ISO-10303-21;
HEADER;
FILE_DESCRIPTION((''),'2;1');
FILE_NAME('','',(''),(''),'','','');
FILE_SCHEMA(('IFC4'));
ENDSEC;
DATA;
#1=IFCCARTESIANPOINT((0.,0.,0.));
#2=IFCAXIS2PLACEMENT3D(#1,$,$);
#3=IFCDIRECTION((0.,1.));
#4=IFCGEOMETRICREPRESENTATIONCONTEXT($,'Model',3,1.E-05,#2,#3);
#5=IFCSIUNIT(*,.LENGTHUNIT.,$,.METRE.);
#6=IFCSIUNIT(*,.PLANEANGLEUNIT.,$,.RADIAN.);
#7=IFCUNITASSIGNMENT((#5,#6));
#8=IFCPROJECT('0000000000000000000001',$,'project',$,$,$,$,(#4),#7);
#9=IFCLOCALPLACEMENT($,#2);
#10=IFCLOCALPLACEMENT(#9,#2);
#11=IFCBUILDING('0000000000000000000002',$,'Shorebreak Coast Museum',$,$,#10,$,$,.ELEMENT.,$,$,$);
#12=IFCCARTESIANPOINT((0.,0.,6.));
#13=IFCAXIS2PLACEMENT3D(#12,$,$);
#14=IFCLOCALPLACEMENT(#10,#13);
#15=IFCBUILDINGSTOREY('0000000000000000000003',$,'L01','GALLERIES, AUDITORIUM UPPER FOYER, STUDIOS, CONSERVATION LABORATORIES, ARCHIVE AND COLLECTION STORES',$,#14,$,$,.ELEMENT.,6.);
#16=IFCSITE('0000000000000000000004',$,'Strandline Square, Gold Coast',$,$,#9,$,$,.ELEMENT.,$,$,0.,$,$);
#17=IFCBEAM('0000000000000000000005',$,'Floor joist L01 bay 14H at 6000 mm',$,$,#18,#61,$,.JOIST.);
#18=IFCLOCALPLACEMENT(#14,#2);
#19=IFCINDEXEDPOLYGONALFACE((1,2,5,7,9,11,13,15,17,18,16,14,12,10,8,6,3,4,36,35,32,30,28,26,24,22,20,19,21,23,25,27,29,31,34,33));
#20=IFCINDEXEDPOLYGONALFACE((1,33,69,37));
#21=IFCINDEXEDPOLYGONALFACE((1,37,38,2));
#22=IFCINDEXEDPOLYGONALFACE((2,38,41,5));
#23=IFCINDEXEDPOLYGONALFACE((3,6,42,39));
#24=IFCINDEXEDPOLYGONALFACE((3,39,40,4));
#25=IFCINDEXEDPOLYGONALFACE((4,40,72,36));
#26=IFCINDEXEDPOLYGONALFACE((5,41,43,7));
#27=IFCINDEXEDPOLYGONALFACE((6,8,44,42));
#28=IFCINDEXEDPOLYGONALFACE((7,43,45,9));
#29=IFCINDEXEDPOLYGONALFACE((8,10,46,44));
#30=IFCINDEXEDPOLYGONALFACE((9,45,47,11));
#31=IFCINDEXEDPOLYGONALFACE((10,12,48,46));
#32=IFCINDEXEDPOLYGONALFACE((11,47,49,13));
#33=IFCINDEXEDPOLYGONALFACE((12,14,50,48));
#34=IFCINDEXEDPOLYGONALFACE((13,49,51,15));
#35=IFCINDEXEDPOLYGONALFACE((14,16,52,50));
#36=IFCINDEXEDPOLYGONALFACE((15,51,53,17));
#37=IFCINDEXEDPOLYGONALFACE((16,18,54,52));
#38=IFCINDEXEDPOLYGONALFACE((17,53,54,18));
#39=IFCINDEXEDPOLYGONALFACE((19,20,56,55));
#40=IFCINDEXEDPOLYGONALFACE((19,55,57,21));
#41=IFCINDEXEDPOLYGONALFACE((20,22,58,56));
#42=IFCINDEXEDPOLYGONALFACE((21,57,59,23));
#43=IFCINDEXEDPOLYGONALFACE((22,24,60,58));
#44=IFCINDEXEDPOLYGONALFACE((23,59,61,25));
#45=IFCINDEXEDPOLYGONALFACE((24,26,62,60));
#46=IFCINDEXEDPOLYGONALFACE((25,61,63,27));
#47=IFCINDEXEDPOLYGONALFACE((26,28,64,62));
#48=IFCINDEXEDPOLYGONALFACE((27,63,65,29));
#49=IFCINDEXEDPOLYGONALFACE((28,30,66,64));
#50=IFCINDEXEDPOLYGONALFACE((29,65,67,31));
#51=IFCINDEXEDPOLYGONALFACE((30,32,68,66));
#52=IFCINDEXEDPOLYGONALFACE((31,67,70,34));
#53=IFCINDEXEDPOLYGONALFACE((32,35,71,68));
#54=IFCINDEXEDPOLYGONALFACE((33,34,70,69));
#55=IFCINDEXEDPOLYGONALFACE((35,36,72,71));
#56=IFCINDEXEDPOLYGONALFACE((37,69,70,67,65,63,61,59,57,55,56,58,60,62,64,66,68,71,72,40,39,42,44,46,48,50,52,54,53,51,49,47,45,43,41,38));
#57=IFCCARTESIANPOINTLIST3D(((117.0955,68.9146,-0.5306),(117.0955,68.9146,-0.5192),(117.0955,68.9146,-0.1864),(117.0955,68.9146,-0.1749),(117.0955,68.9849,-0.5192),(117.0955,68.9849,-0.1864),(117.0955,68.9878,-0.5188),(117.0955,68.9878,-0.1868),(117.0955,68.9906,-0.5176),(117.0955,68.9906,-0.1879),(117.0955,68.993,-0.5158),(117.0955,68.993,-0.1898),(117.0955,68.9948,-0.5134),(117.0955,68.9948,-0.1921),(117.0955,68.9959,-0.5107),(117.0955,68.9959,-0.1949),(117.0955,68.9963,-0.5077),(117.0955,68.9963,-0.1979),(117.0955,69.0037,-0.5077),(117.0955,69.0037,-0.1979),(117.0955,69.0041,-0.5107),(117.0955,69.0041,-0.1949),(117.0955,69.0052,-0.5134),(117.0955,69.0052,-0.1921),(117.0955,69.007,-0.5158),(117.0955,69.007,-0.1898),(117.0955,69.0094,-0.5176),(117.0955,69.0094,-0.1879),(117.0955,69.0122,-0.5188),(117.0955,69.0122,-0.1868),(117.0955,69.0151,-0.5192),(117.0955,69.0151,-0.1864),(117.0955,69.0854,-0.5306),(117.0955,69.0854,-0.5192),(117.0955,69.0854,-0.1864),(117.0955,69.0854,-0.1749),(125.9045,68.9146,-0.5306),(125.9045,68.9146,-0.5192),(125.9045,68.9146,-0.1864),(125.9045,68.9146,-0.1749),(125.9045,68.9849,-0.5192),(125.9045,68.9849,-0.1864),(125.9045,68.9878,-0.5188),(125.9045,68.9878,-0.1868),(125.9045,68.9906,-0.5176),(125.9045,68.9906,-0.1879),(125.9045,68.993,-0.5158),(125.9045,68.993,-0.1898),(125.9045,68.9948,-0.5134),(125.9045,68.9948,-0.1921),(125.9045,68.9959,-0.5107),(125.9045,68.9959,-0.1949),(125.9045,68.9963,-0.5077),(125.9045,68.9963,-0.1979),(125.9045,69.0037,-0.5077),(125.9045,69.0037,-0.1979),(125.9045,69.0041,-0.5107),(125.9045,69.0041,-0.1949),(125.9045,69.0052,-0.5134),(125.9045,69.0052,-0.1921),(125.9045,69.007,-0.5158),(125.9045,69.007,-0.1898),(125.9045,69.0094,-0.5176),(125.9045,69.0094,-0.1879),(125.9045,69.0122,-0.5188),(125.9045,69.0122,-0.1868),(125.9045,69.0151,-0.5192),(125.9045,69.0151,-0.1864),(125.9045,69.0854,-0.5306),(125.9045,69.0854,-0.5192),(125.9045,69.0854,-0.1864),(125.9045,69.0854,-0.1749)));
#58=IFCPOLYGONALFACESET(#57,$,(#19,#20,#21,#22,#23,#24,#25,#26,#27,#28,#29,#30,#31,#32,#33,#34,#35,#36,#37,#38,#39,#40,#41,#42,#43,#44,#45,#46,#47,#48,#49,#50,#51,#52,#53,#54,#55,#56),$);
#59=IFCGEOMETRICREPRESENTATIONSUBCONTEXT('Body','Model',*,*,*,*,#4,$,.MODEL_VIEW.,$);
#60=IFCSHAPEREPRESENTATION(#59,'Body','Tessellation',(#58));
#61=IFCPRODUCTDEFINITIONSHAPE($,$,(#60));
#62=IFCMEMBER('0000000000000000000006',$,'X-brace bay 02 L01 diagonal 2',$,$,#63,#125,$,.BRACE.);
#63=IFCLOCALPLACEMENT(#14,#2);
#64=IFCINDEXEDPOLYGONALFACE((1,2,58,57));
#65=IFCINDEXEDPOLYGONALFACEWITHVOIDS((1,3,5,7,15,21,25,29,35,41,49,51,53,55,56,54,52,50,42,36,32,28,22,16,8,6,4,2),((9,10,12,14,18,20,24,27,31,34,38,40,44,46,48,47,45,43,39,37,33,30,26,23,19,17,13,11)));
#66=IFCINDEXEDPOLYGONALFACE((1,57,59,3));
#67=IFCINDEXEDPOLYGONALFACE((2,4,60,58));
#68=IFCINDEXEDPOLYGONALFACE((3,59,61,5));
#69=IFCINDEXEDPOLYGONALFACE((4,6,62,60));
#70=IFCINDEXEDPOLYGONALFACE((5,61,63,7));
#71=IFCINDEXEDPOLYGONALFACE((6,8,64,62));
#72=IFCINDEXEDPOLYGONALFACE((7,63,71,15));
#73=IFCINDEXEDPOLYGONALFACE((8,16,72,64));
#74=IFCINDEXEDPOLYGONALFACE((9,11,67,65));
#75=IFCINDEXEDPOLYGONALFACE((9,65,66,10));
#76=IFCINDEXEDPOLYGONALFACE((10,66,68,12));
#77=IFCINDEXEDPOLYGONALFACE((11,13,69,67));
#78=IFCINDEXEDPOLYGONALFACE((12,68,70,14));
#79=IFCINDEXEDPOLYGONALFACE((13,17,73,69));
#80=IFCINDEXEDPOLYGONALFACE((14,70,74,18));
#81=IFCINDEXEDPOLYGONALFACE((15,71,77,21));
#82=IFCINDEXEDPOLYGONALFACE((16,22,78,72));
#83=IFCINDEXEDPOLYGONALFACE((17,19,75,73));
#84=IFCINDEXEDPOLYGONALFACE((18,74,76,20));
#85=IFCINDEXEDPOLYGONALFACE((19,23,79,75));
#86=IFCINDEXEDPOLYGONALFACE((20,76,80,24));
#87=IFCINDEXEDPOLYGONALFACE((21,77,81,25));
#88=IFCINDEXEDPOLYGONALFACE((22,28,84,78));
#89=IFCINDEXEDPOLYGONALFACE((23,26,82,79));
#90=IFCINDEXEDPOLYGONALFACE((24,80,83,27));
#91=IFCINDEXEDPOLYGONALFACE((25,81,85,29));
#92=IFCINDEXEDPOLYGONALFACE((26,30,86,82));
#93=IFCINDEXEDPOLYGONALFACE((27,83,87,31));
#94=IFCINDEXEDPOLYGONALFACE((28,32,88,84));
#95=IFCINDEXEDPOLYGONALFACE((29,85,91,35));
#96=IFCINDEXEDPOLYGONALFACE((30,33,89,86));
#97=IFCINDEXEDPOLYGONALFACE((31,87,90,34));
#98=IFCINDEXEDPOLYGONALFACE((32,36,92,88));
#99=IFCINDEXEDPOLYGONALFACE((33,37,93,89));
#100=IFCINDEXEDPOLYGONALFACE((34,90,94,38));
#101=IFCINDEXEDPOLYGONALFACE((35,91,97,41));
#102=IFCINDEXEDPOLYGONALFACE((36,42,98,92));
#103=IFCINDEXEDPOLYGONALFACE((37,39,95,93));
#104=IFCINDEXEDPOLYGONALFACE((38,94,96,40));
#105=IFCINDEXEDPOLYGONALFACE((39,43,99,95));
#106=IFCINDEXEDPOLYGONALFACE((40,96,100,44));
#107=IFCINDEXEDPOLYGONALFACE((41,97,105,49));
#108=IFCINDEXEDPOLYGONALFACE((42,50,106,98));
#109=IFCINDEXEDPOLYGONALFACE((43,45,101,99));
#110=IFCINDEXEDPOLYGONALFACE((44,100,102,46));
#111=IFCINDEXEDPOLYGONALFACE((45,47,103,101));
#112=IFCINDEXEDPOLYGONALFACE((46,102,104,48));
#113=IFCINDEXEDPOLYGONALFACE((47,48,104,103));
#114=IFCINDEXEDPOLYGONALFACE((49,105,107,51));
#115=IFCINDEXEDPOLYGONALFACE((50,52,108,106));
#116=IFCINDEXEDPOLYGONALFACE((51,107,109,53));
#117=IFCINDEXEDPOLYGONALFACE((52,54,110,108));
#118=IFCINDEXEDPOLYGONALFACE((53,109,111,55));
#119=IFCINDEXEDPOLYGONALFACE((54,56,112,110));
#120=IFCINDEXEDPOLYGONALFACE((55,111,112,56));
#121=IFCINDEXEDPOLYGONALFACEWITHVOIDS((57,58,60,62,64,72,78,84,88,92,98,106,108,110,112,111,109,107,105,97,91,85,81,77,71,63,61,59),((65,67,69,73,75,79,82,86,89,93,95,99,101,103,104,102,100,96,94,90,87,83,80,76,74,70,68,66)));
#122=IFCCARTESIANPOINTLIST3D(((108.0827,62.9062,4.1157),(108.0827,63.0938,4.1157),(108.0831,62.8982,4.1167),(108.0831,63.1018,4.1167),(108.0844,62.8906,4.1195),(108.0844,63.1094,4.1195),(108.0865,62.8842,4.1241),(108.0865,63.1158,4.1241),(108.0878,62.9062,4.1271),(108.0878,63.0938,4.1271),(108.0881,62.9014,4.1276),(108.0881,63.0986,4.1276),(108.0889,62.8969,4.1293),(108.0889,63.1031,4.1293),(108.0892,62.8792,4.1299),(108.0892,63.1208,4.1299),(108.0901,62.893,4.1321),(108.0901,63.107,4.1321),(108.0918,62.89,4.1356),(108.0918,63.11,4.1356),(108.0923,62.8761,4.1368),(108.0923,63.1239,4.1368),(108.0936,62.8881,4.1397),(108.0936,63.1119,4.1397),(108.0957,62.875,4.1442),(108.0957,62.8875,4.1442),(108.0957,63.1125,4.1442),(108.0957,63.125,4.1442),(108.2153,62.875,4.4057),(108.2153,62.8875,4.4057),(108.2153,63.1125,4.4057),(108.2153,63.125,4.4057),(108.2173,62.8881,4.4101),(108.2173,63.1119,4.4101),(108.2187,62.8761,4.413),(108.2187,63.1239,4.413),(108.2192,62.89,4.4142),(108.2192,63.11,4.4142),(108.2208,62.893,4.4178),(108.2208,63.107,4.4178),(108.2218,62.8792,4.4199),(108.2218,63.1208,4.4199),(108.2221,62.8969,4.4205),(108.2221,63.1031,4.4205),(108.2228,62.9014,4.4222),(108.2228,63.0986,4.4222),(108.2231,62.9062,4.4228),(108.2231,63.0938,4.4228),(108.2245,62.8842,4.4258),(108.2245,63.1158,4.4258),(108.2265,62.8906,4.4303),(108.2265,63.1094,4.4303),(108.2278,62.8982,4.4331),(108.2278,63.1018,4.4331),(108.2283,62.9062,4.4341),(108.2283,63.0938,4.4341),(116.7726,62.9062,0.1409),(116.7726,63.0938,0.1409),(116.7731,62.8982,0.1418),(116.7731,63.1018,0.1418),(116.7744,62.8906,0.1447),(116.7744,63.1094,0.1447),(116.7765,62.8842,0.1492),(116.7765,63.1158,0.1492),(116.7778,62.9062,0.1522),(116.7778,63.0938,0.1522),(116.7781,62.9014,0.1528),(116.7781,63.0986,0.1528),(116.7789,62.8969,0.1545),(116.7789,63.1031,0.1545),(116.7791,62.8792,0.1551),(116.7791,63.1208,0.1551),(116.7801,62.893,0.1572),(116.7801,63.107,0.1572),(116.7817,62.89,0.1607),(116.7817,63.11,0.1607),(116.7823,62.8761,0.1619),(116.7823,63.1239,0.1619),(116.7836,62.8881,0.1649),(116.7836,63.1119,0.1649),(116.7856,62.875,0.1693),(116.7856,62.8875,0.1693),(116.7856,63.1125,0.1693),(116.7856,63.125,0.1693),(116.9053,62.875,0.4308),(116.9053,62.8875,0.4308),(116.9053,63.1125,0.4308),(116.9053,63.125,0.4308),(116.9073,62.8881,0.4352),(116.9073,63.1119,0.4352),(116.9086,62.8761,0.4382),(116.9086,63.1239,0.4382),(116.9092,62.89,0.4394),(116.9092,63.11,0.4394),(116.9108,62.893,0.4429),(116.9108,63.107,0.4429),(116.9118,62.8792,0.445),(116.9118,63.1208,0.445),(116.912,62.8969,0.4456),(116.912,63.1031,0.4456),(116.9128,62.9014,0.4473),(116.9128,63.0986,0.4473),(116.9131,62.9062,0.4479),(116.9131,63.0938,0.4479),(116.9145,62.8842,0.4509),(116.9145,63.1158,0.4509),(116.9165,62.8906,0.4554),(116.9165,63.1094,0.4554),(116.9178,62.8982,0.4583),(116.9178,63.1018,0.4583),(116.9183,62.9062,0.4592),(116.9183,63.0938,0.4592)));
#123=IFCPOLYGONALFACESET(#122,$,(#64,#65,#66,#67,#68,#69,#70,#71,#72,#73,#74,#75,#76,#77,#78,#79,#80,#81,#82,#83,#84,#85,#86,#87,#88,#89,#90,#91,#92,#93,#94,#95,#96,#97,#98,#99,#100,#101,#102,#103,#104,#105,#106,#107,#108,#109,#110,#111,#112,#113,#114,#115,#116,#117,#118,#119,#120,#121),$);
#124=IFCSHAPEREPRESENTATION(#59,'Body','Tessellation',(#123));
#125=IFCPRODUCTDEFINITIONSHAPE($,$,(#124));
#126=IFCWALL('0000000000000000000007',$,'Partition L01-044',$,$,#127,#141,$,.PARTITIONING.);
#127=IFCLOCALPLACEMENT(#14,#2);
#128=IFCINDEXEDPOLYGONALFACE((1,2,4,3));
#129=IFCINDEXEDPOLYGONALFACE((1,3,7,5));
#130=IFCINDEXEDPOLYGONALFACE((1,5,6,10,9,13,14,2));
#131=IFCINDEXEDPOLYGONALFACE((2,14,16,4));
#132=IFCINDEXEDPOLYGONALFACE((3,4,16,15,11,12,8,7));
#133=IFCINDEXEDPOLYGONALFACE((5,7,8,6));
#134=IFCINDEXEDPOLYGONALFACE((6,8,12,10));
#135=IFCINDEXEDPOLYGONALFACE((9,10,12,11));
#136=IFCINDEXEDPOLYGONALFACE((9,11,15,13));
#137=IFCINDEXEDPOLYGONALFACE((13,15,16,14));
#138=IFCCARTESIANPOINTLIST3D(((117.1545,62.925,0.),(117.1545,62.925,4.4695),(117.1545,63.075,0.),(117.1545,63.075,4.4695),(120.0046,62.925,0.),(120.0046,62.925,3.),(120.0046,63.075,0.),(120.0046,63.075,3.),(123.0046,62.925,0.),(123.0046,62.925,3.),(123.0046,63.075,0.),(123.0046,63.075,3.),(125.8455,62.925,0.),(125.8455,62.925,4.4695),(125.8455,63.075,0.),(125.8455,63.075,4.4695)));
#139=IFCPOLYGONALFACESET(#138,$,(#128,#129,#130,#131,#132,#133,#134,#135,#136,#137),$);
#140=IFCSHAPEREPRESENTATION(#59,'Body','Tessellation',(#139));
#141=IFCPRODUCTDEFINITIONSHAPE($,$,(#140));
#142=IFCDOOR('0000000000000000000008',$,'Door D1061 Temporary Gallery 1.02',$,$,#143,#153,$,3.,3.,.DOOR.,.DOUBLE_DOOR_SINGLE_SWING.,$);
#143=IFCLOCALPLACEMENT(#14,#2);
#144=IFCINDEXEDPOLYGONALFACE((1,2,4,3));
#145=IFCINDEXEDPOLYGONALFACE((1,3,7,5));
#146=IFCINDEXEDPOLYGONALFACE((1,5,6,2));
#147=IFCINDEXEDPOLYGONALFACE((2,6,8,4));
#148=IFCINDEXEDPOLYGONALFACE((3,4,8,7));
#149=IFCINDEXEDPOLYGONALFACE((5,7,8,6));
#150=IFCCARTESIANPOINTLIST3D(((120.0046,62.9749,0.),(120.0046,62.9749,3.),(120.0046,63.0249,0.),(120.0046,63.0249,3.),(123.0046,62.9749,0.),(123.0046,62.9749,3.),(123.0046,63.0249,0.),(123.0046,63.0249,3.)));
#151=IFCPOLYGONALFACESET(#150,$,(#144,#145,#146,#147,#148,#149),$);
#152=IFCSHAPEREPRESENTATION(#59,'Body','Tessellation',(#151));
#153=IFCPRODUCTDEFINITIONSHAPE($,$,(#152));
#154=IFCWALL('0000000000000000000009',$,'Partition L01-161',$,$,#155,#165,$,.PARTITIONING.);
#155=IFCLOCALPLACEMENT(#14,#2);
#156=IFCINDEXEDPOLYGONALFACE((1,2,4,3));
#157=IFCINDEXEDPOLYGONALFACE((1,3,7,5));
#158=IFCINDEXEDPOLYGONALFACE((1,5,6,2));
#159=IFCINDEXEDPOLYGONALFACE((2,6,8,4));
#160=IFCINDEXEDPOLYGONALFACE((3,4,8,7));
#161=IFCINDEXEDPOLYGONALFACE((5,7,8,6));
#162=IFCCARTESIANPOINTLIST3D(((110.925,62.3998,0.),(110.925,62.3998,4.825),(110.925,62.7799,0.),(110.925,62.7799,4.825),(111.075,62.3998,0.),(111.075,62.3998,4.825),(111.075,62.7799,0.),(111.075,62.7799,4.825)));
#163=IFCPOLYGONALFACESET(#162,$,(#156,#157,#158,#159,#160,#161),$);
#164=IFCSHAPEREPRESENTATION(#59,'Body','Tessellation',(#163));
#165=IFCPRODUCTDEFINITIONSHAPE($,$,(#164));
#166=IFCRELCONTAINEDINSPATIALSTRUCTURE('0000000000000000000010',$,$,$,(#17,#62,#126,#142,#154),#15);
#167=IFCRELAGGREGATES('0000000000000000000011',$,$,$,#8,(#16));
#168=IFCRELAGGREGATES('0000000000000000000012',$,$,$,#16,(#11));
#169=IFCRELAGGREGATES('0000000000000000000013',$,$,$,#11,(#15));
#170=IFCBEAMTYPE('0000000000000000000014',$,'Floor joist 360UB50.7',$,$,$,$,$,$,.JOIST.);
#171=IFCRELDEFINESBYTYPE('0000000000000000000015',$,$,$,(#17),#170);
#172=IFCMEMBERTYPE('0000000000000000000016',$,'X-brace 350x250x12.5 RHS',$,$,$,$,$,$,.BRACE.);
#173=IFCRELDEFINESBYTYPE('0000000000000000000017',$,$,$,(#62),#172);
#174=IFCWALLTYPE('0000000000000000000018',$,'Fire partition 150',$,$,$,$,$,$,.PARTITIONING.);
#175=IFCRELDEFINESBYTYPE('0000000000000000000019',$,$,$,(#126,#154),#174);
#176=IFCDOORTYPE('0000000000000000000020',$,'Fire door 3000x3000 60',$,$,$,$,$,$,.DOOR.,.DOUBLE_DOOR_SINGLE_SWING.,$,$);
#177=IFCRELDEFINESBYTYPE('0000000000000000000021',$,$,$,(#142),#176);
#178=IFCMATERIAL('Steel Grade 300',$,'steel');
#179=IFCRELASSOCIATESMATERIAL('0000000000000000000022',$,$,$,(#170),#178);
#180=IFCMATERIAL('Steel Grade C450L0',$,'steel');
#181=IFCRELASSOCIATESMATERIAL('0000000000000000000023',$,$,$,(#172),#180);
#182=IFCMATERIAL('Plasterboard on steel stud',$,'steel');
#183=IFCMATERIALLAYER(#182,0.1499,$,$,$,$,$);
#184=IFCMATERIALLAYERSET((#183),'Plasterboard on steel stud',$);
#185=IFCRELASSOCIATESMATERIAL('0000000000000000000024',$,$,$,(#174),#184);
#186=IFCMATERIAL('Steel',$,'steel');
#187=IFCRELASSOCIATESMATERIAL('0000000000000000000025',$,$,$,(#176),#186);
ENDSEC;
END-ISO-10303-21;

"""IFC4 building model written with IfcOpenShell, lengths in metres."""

from ifc_helpers import new_model, si_unit, direction, frame, frame_2d, origin, origin_2d, place, context, subcontext, project, spatial, rectangle, hollow_rectangle, i_section, extrude, material, layer, layer_set, material_profile, profile_set, type_object, element, fill, save


model = new_model("IFC4")

# Units and contexts
model_context = context("Model", 3, precision=1e-05, world=origin(), true_north=direction((0.0, 1.0)))
body_context = subcontext(model_context, "Body", "Model", "MODEL_VIEW")
ifc_project = project(units=[si_unit("LENGTHUNIT", "METRE"), si_unit("PLANEANGLEUNIT", "RADIAN")], contexts=[model_context])

# Site, building, storey
site_placement = place(None, origin())
site = spatial("IfcSite", under=ifc_project, at=site_placement, Name="Strandline Square, Gold Coast", CompositionType="ELEMENT", RefElevation=0.0)
building_placement = place(site_placement, origin())
building = spatial("IfcBuilding", under=site, at=building_placement, Name="Shorebreak Coast Museum", CompositionType="ELEMENT")
storey_placement = place(building_placement, frame((0.0, 0.0, 6.0)))
storey = spatial("IfcBuildingStorey", under=building, at=storey_placement, Name="L01", Description="GALLERIES, AUDITORIUM UPPER FOYER, STUDIOS, CONSERVATION LABORATORIES, ARCHIVE AND COLLECTION STORES", CompositionType="ELEMENT", Elevation=6.0)

# Beam
ifc_material_1 = material(Name="Steel Grade 300", Category="steel")
ifc_material_profile_1 = material_profile(ifc_material_1, i_section(OverallWidth=0.1709, OverallDepth=0.3557, WebThickness=0.0073, FlangeThickness=0.0115, FilletRadius=0.0115, at=origin_2d()), Name="360UB50.7")
ifc_profile_set_1 = profile_set([ifc_material_profile_1], Name="Steel Grade 300")
beam_type_1 = type_object("IfcBeamType", Name="Floor joist 360UB50.7", PredefinedType="JOIST", material=ifc_profile_set_1)
for number, where, z_axis, x_axis, name in (
    (1, (117.0955, 69.0, -0.3528), (1.0, 0.0, 0.0), (0.0, 1.0, 0.0), "Floor joist L01 bay 14H at 6000 mm"),
):
    element("IfcBeam", number, at=place(storey_placement, frame(where, z_axis=z_axis, x_axis=x_axis)), inside=storey, type_object=beam_type_1, Name=name, PredefinedType="JOIST", context=body_context, shape_type="SweptSolid", body=[
        extrude(i_section(OverallWidth=0.1709, OverallDepth=0.3557, WebThickness=0.0073, FlangeThickness=0.0115, FilletRadius=0.0115, at=origin_2d()), origin(), (0.0, 0.0, 1.0), 8.8091),
    ])

# Member
ifc_material_2 = material(Name="Steel Grade C450L0", Category="steel")
ifc_material_profile_2 = material_profile(ifc_material_2, hollow_rectangle(XDim=0.25, YDim=0.3501, WallThickness=0.0125, InnerFilletRadius=0.0188, OuterFilletRadius=0.0312, at=origin_2d()), Name="350x250x12.5 RHS")
ifc_profile_set_2 = profile_set([ifc_material_profile_2], Name="Steel Grade C450L0")
member_type = type_object("IfcMemberType", Name="X-brace 350x250x12.5 RHS", PredefinedType="BRACE", material=ifc_profile_set_2)
member_placement = place(storey_placement, frame((116.8455, 63.0, 0.3), z_axis=(-0.909383, 0.0, 0.41596), x_axis=(0.0, -1.0, 0.0)))
element("IfcMember", 2, at=member_placement, inside=storey, type_object=member_type, Name="X-brace bay 02 L01 diagonal 2", PredefinedType="BRACE", context=body_context, shape_type="SweptSolid", body=[
    extrude(hollow_rectangle(XDim=0.25, YDim=0.3501, WallThickness=0.0125, InnerFilletRadius=0.0188, OuterFilletRadius=0.0312, at=origin_2d()), origin(), (0.0, 0.0, 1.0), 9.5559),
])

# Wall, opening, door
ifc_material_3 = material(Name="Plasterboard on steel stud", Category="steel")
ifc_layer_1 = layer(ifc_material_3, 0.1499)
ifc_layer_set_1 = layer_set([ifc_layer_1], Name="Plasterboard on steel stud")
wall_type_1 = type_object("IfcWallType", Name="Fire partition 150", PredefinedType="PARTITIONING", material=ifc_layer_set_1)
wall_1_placement = place(storey_placement, frame((117.1545, 63.0, 0.0), z_axis=(0.0, 0.0, 1.0), x_axis=(1.0, 0.0, 0.0)))
wall_1 = element("IfcWall", 3, at=wall_1_placement, inside=storey, type_object=wall_type_1, Name="Partition L01-044", PredefinedType="PARTITIONING", context=body_context, shape_type="SweptSolid", body=[
    extrude(rectangle(XDim=8.6909, YDim=0.1499, at=frame_2d((4.3455, 0.0))), origin(), (0.0, 0.0, 1.0), 4.4695),
])
opening_1_placement = place(wall_1_placement, frame((2.8501, 0.0, 0.0)))
opening_1 = element("IfcOpeningElement", 4, at=opening_1_placement, cuts=wall_1, PredefinedType="OPENING", context=body_context, shape_type="SweptSolid", body=[
    extrude(rectangle(XDim=3.0, YDim=3.0, at=frame_2d((1.5, 1.5))), frame((0.0, 0.085, 0.0), z_axis=(0.0, -1.0, 0.0), x_axis=(1.0, 0.0, 0.0)), (0.0, 0.0, 1.0), 0.1699),
])
ifc_material_4 = material(Name="Steel", Category="steel")
door_type = type_object("IfcDoorType", Name="Fire door 3000x3000 60", OperationType="DOUBLE_DOOR_SINGLE_SWING", PredefinedType="DOOR", material=ifc_material_4)
door_1_placement = place(opening_1_placement, origin())
door_1 = element("IfcDoor", 5, at=door_1_placement, inside=storey, type_object=door_type, Name="Door D1061 Temporary Gallery 1.02", OperationType="DOUBLE_DOOR_SINGLE_SWING", OverallHeight=3.0, OverallWidth=3.0, PredefinedType="DOOR", context=body_context, shape_type="SweptSolid", body=[
    extrude(rectangle(XDim=3.0, YDim=3.0, at=frame_2d((1.5, 1.5))), frame((0.0, 0.0249, 0.0), z_axis=(0.0, -1.0, 0.0), x_axis=(1.0, 0.0, 0.0)), (0.0, 0.0, 1.0), 0.05),
])
fill(opening_1, door_1)

# Wall
wall_2_placement = place(storey_placement, frame((111.0, 62.3999, 0.0), z_axis=(0.0, 0.0, 1.0), x_axis=(0.0, 1.0, 0.0)))
element("IfcWall", 6, at=wall_2_placement, inside=storey, type_object=wall_type_1, Name="Partition L01-161", PredefinedType="PARTITIONING", context=body_context, shape_type="SweptSolid", body=[
    extrude(rectangle(XDim=0.3801, YDim=0.1499, at=frame_2d((0.1899, 0.0))), origin(), (0.0, 0.0, 1.0), 4.825),
])

save(model, "model.ifc")
